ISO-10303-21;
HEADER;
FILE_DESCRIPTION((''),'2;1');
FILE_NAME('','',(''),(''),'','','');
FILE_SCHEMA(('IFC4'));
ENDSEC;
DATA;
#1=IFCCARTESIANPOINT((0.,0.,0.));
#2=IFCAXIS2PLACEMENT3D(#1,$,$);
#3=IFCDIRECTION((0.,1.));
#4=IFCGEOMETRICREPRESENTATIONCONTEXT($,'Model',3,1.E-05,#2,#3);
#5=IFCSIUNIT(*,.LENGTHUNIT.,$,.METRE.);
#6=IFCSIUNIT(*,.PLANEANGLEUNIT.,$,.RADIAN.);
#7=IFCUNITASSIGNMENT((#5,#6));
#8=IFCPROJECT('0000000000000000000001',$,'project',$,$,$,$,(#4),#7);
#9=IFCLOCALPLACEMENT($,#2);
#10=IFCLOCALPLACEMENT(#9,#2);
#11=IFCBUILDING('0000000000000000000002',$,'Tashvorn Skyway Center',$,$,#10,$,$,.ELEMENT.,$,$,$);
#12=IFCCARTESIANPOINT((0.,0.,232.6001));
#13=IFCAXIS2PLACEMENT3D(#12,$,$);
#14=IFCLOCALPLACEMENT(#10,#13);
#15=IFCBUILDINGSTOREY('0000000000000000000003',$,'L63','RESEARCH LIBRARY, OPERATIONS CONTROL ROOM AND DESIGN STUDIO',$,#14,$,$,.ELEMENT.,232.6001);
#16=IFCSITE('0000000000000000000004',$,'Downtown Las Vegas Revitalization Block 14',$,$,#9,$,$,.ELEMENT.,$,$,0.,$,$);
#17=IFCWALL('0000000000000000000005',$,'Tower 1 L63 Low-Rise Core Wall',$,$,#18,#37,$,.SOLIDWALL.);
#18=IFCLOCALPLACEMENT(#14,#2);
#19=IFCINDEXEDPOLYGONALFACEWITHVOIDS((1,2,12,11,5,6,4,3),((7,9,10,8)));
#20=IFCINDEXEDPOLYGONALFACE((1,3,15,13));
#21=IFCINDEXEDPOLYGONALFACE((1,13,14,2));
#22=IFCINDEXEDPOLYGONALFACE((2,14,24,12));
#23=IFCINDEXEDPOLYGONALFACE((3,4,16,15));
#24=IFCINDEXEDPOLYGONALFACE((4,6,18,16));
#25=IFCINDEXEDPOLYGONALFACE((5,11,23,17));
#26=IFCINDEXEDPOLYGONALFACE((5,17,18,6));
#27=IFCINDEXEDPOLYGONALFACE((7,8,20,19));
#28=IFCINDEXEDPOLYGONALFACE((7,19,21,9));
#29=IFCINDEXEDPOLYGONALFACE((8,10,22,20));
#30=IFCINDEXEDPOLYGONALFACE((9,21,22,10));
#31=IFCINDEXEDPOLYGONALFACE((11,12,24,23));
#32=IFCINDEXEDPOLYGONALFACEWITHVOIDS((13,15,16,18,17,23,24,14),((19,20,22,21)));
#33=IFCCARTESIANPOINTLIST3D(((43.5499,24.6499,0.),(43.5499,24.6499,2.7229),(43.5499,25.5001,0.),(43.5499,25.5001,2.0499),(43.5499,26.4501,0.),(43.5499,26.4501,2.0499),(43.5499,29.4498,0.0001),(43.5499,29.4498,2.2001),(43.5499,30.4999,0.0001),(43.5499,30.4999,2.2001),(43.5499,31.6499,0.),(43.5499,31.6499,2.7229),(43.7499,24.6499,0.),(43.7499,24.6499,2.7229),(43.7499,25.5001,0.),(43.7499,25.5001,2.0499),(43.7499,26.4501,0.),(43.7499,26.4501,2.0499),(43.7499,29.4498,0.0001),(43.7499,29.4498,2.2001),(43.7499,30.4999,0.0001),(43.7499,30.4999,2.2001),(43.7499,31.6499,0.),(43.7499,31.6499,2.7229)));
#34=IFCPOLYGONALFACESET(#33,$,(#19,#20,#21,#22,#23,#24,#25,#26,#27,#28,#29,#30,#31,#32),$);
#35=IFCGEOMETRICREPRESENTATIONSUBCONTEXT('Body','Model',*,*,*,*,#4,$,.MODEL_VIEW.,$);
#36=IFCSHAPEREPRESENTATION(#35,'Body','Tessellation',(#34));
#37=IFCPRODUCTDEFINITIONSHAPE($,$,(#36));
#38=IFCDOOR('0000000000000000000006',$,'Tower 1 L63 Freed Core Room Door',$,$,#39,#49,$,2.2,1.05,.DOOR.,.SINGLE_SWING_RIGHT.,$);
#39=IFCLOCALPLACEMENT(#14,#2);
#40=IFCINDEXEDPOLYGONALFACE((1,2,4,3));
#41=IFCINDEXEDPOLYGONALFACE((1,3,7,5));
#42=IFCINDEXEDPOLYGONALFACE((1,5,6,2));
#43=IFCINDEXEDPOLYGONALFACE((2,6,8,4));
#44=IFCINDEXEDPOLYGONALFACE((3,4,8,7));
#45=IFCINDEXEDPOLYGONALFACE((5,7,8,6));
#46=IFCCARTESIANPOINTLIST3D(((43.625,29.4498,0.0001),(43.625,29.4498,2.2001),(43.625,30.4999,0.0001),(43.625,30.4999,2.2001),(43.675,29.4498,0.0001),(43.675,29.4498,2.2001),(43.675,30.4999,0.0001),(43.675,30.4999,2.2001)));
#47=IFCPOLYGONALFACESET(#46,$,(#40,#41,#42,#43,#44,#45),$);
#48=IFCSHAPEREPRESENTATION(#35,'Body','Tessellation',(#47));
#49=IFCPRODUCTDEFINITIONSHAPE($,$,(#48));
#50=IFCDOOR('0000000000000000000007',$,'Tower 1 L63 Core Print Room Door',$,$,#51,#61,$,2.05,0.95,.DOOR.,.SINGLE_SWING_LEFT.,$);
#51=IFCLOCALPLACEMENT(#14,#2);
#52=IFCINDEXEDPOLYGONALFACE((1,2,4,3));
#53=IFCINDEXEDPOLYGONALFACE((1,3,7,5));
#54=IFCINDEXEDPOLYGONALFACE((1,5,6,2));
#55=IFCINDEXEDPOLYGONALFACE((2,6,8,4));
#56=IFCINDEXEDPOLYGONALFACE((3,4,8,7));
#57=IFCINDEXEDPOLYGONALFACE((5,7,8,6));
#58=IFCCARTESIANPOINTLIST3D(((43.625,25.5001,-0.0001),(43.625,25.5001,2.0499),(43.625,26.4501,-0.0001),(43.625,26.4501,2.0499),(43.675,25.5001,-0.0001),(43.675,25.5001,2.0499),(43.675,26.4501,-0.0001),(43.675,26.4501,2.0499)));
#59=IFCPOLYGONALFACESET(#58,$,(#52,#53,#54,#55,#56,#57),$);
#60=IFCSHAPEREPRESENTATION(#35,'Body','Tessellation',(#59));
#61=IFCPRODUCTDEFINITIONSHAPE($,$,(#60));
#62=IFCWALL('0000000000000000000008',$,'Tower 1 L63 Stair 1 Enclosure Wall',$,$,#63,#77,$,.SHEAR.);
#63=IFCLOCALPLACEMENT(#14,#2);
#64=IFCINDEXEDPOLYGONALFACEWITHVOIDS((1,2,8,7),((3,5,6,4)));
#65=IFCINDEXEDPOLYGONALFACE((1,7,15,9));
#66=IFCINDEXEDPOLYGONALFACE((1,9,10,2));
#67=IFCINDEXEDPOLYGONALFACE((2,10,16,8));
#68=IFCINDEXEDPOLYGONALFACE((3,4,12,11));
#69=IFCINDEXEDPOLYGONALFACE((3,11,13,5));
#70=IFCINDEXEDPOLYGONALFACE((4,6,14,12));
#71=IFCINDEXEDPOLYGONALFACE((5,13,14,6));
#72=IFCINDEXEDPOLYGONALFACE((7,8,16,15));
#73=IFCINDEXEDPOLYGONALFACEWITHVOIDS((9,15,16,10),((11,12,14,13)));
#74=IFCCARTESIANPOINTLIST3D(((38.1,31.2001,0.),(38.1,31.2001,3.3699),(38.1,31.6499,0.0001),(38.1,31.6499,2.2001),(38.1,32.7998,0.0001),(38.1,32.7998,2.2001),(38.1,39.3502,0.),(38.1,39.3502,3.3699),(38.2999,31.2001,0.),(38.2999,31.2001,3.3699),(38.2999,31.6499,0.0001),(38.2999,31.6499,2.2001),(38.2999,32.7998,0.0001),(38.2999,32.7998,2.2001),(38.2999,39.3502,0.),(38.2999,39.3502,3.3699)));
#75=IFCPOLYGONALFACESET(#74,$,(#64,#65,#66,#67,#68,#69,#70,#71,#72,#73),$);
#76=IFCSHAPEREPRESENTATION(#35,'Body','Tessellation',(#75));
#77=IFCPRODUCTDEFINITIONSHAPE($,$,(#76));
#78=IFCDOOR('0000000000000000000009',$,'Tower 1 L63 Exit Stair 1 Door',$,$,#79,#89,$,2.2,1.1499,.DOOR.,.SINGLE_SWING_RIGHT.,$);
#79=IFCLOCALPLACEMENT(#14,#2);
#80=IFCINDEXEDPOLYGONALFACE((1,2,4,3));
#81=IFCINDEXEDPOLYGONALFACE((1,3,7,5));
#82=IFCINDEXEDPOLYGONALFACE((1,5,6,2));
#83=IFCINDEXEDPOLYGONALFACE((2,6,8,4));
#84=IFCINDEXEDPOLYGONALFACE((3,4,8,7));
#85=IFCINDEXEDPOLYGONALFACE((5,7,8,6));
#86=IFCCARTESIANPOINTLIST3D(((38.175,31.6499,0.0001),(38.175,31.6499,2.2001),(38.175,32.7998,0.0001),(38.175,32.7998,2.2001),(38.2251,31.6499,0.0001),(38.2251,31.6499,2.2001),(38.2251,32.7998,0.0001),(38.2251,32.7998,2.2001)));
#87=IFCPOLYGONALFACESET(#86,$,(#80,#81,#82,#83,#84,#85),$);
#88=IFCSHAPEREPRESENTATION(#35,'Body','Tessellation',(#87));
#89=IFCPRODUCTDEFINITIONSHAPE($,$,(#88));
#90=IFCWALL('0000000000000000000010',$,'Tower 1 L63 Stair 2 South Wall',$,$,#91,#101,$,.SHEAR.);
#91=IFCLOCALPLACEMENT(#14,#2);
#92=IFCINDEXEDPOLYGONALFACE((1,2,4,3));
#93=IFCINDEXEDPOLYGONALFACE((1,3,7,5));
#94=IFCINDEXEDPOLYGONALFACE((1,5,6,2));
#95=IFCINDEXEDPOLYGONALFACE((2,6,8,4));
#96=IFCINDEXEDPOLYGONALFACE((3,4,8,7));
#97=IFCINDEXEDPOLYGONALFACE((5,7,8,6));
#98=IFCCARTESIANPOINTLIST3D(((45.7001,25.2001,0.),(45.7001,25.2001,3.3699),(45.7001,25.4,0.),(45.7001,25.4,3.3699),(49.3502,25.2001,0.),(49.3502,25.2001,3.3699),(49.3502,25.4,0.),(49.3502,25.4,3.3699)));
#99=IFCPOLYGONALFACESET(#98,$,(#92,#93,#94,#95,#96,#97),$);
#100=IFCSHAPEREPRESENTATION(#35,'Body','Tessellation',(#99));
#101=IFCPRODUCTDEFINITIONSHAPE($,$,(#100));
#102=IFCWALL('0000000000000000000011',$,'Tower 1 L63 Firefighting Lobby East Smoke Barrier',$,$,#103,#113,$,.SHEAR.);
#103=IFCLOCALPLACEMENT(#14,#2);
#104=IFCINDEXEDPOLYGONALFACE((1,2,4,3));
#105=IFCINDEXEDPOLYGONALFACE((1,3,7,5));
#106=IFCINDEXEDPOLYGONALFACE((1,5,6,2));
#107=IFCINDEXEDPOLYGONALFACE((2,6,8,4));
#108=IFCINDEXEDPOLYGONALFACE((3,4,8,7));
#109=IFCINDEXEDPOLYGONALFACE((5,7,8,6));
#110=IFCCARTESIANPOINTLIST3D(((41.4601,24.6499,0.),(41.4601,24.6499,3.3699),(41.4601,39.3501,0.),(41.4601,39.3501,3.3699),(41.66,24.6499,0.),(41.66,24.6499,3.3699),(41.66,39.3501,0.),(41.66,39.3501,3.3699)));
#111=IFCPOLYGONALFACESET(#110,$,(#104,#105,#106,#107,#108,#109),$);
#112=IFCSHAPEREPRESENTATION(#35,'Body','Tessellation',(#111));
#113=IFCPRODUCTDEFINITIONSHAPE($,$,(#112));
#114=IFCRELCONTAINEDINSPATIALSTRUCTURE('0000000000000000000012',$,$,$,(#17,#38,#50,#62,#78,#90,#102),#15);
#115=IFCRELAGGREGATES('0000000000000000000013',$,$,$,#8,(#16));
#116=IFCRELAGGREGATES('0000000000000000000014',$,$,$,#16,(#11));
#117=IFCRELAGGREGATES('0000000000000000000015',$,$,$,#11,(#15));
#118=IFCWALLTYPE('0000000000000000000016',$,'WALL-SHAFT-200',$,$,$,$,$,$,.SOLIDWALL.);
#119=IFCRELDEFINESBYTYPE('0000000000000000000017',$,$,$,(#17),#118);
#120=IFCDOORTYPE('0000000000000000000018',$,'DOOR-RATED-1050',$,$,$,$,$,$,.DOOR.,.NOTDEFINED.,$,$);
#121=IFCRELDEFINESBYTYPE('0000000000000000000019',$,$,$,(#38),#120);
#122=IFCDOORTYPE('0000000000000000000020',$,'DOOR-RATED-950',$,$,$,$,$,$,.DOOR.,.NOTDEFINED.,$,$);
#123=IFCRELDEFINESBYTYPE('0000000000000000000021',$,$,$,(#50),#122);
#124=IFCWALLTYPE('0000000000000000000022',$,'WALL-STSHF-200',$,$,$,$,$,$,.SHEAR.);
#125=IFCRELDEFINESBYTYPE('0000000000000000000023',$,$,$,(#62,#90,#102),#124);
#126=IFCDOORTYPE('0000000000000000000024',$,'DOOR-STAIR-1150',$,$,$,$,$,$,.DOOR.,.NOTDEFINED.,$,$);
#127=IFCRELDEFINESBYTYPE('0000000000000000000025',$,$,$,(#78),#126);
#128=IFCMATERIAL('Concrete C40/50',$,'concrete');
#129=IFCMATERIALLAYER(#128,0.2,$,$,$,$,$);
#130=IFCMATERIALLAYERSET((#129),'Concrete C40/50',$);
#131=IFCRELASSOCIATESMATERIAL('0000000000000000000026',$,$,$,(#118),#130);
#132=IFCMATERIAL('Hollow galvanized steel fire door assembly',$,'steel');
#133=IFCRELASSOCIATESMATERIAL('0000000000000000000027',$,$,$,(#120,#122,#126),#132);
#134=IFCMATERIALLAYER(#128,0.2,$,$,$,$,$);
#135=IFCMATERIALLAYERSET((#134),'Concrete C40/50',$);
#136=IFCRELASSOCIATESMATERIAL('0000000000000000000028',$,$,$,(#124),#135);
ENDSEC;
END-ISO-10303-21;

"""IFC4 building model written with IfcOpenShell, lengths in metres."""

from ifc_helpers import new_model, si_unit, direction, frame, frame_2d, origin, place, context, subcontext, project, spatial, rectangle, extrude, material, layer, layer_set, type_object, element, fill, save


model = new_model("IFC4")

# Units and contexts
model_context = context("Model", 3, precision=1e-05, world=origin(), true_north=direction((0.0, 1.0)))
body_context = subcontext(model_context, "Body", "Model", "MODEL_VIEW")
ifc_project = project(units=[si_unit("LENGTHUNIT", "METRE"), si_unit("PLANEANGLEUNIT", "RADIAN")], contexts=[model_context])

# Site, building, storey
site_placement = place(None, origin())
site = spatial("IfcSite", under=ifc_project, at=site_placement, Name="Downtown Las Vegas Revitalization Block 14", CompositionType="ELEMENT", RefElevation=0.0)
building_placement = place(site_placement, origin())
building = spatial("IfcBuilding", under=site, at=building_placement, Name="Tashvorn Skyway Center", CompositionType="ELEMENT")
storey_placement = place(building_placement, frame((0.0, 0.0, 232.6001)))
storey = spatial("IfcBuildingStorey", under=building, at=storey_placement, Name="L63", Description="RESEARCH LIBRARY, OPERATIONS CONTROL ROOM AND DESIGN STUDIO", CompositionType="ELEMENT", Elevation=232.6001)

# Shared definitions
ifc_material_1 = material(Name="Concrete C40/50", Category="concrete")
ifc_material_2 = material(Name="Hollow galvanized steel fire door assembly", Category="steel")

# Wall, openings, doors
ifc_layer_1 = layer(ifc_material_1, 0.2)
ifc_layer_set_1 = layer_set([ifc_layer_1], Name="Concrete C40/50")
wall_type_1 = type_object("IfcWallType", Name="WALL-SHAFT-200", PredefinedType="SOLIDWALL", material=ifc_layer_set_1)
wall_1_placement = place(storey_placement, frame((43.6499, 24.6499, 0.0), z_axis=(0.0, 0.0, 1.0), x_axis=(0.0, 1.0, 0.0)))
wall_1 = element("IfcWall", 1, at=wall_1_placement, inside=storey, type_object=wall_type_1, Name="Tower 1 L63 Low-Rise Core Wall", PredefinedType="SOLIDWALL", context=body_context, shape_type="SweptSolid", body=[
    extrude(rectangle(XDim=7.0, YDim=0.2, at=frame_2d((3.5, 0.0))), origin(), (0.0, 0.0, 1.0), 2.7229),
])
opening_1_placement = place(wall_1_placement, frame((0.8501, 0.0, 0.0)))
opening_1 = element("IfcOpeningElement", 2, at=opening_1_placement, cuts=wall_1, PredefinedType="OPENING", context=body_context, shape_type="SweptSolid", body=[
    extrude(rectangle(XDim=0.95, YDim=2.05, at=frame_2d((0.4751, 1.0249))), frame((0.0, 0.1099, 0.0), z_axis=(0.0, -1.0, 0.0), x_axis=(1.0, 0.0, 0.0)), (0.0, 0.0, 1.0), 0.22),
])
opening_2_placement = place(wall_1_placement, frame((4.8, 0.0, 0.0)))
opening_2 = element("IfcOpeningElement", 3, at=opening_2_placement, cuts=wall_1, PredefinedType="OPENING", context=body_context, shape_type="SweptSolid", body=[
    extrude(rectangle(XDim=1.05, YDim=2.2, at=frame_2d((0.5249, 1.1001))), frame((0.0, 0.1099, 0.0), z_axis=(0.0, -1.0, 0.0), x_axis=(1.0, 0.0, 0.0)), (0.0, 0.0, 1.0), 0.22),
])
door_type_1 = type_object("IfcDoorType", Name="DOOR-RATED-1050", OperationType="NOTDEFINED", PredefinedType="DOOR", material=ifc_material_2)
door_1_placement = place(opening_2_placement, origin())
door_1 = element("IfcDoor", 4, at=door_1_placement, inside=storey, type_object=door_type_1, Name="Tower 1 L63 Freed Core Room Door", OperationType="SINGLE_SWING_RIGHT", OverallHeight=2.2, OverallWidth=1.05, PredefinedType="DOOR", context=body_context, shape_type="SweptSolid", body=[
    extrude(rectangle(XDim=1.05, YDim=2.2, at=frame_2d((0.5249, 1.1001))), frame((0.0, 0.0249, 0.0), z_axis=(0.0, -1.0, 0.0), x_axis=(1.0, 0.0, 0.0)), (0.0, 0.0, 1.0), 0.05),
])
fill(opening_2, door_1)
door_type_2 = type_object("IfcDoorType", Name="DOOR-RATED-950", OperationType="NOTDEFINED", PredefinedType="DOOR", material=ifc_material_2)
door_2_placement = place(opening_1_placement, origin())
door_2 = element("IfcDoor", 5, at=door_2_placement, inside=storey, type_object=door_type_2, Name="Tower 1 L63 Core Print Room Door", OperationType="SINGLE_SWING_LEFT", OverallHeight=2.05, OverallWidth=0.95, PredefinedType="DOOR", context=body_context, shape_type="SweptSolid", body=[
    extrude(rectangle(XDim=0.95, YDim=2.05, at=frame_2d((0.4751, 1.0249))), frame((0.0, 0.0249, 0.0), z_axis=(0.0, -1.0, 0.0), x_axis=(1.0, 0.0, 0.0)), (0.0, 0.0, 1.0), 0.05),
])
fill(opening_1, door_2)

# Wall, opening, door
ifc_layer_2 = layer(ifc_material_1, 0.2)
ifc_layer_set_2 = layer_set([ifc_layer_2], Name="Concrete C40/50")
wall_type_2 = type_object("IfcWallType", Name="WALL-STSHF-200", PredefinedType="SHEAR", material=ifc_layer_set_2)
wall_2_placement = place(storey_placement, frame((38.2, 31.2, 0.0), z_axis=(0.0, 0.0, 1.0), x_axis=(0.0, 1.0, 0.0)))
wall_2 = element("IfcWall", 6, at=wall_2_placement, inside=storey, type_object=wall_type_2, Name="Tower 1 L63 Stair 1 Enclosure Wall", PredefinedType="SHEAR", context=body_context, shape_type="SweptSolid", body=[
    extrude(rectangle(XDim=8.1501, YDim=0.2, at=frame_2d((4.0752, 0.0))), origin(), (0.0, 0.0, 1.0), 3.3699),
])
opening_3_placement = place(wall_2_placement, frame((0.45, 0.0, 0.0)))
opening_3 = element("IfcOpeningElement", 7, at=opening_3_placement, cuts=wall_2, PredefinedType="OPENING", context=body_context, shape_type="SweptSolid", body=[
    extrude(rectangle(XDim=1.1499, YDim=2.2, at=frame_2d((0.575, 1.1001))), frame((0.0, 0.1099, 0.0), z_axis=(0.0, -1.0, 0.0), x_axis=(1.0, 0.0, 0.0)), (0.0, 0.0, 1.0), 0.22),
])
door_type_3 = type_object("IfcDoorType", Name="DOOR-STAIR-1150", OperationType="NOTDEFINED", PredefinedType="DOOR", material=ifc_material_2)
door_3_placement = place(opening_3_placement, origin())
door_3 = element("IfcDoor", 8, at=door_3_placement, inside=storey, type_object=door_type_3, Name="Tower 1 L63 Exit Stair 1 Door", OperationType="SINGLE_SWING_RIGHT", OverallHeight=2.2, OverallWidth=1.1499, PredefinedType="DOOR", context=body_context, shape_type="SweptSolid", body=[
    extrude(rectangle(XDim=1.1499, YDim=2.2, at=frame_2d((0.575, 1.1001))), frame((0.0, 0.0249, 0.0), z_axis=(0.0, -1.0, 0.0), x_axis=(1.0, 0.0, 0.0)), (0.0, 0.0, 1.0), 0.05),
])
fill(opening_3, door_3)

# Walls
wall_3_placement = place(storey_placement, frame((45.7, 25.3, 0.0), z_axis=(0.0, 0.0, 1.0), x_axis=(1.0, 0.0, 0.0)))
element("IfcWall", 9, at=wall_3_placement, inside=storey, type_object=wall_type_2, Name="Tower 1 L63 Stair 2 South Wall", PredefinedType="SHEAR", context=body_context, shape_type="SweptSolid", body=[
    extrude(rectangle(XDim=3.6501, YDim=0.2, at=frame_2d((1.8252, 0.0))), origin(), (0.0, 0.0, 1.0), 3.3699),
])
wall_4_placement = place(storey_placement, frame((41.5601, 24.6499, 0.0), z_axis=(0.0, 0.0, 1.0), x_axis=(0.0, 1.0, 0.0)))
element("IfcWall", 10, at=wall_4_placement, inside=storey, type_object=wall_type_2, Name="Tower 1 L63 Firefighting Lobby East Smoke Barrier", PredefinedType="SHEAR", context=body_context, shape_type="SweptSolid", body=[
    extrude(rectangle(XDim=14.7002, YDim=0.2, at=frame_2d((7.3501, 0.0))), origin(), (0.0, 0.0, 1.0), 3.3699),
])

save(model, "model.ifc")
